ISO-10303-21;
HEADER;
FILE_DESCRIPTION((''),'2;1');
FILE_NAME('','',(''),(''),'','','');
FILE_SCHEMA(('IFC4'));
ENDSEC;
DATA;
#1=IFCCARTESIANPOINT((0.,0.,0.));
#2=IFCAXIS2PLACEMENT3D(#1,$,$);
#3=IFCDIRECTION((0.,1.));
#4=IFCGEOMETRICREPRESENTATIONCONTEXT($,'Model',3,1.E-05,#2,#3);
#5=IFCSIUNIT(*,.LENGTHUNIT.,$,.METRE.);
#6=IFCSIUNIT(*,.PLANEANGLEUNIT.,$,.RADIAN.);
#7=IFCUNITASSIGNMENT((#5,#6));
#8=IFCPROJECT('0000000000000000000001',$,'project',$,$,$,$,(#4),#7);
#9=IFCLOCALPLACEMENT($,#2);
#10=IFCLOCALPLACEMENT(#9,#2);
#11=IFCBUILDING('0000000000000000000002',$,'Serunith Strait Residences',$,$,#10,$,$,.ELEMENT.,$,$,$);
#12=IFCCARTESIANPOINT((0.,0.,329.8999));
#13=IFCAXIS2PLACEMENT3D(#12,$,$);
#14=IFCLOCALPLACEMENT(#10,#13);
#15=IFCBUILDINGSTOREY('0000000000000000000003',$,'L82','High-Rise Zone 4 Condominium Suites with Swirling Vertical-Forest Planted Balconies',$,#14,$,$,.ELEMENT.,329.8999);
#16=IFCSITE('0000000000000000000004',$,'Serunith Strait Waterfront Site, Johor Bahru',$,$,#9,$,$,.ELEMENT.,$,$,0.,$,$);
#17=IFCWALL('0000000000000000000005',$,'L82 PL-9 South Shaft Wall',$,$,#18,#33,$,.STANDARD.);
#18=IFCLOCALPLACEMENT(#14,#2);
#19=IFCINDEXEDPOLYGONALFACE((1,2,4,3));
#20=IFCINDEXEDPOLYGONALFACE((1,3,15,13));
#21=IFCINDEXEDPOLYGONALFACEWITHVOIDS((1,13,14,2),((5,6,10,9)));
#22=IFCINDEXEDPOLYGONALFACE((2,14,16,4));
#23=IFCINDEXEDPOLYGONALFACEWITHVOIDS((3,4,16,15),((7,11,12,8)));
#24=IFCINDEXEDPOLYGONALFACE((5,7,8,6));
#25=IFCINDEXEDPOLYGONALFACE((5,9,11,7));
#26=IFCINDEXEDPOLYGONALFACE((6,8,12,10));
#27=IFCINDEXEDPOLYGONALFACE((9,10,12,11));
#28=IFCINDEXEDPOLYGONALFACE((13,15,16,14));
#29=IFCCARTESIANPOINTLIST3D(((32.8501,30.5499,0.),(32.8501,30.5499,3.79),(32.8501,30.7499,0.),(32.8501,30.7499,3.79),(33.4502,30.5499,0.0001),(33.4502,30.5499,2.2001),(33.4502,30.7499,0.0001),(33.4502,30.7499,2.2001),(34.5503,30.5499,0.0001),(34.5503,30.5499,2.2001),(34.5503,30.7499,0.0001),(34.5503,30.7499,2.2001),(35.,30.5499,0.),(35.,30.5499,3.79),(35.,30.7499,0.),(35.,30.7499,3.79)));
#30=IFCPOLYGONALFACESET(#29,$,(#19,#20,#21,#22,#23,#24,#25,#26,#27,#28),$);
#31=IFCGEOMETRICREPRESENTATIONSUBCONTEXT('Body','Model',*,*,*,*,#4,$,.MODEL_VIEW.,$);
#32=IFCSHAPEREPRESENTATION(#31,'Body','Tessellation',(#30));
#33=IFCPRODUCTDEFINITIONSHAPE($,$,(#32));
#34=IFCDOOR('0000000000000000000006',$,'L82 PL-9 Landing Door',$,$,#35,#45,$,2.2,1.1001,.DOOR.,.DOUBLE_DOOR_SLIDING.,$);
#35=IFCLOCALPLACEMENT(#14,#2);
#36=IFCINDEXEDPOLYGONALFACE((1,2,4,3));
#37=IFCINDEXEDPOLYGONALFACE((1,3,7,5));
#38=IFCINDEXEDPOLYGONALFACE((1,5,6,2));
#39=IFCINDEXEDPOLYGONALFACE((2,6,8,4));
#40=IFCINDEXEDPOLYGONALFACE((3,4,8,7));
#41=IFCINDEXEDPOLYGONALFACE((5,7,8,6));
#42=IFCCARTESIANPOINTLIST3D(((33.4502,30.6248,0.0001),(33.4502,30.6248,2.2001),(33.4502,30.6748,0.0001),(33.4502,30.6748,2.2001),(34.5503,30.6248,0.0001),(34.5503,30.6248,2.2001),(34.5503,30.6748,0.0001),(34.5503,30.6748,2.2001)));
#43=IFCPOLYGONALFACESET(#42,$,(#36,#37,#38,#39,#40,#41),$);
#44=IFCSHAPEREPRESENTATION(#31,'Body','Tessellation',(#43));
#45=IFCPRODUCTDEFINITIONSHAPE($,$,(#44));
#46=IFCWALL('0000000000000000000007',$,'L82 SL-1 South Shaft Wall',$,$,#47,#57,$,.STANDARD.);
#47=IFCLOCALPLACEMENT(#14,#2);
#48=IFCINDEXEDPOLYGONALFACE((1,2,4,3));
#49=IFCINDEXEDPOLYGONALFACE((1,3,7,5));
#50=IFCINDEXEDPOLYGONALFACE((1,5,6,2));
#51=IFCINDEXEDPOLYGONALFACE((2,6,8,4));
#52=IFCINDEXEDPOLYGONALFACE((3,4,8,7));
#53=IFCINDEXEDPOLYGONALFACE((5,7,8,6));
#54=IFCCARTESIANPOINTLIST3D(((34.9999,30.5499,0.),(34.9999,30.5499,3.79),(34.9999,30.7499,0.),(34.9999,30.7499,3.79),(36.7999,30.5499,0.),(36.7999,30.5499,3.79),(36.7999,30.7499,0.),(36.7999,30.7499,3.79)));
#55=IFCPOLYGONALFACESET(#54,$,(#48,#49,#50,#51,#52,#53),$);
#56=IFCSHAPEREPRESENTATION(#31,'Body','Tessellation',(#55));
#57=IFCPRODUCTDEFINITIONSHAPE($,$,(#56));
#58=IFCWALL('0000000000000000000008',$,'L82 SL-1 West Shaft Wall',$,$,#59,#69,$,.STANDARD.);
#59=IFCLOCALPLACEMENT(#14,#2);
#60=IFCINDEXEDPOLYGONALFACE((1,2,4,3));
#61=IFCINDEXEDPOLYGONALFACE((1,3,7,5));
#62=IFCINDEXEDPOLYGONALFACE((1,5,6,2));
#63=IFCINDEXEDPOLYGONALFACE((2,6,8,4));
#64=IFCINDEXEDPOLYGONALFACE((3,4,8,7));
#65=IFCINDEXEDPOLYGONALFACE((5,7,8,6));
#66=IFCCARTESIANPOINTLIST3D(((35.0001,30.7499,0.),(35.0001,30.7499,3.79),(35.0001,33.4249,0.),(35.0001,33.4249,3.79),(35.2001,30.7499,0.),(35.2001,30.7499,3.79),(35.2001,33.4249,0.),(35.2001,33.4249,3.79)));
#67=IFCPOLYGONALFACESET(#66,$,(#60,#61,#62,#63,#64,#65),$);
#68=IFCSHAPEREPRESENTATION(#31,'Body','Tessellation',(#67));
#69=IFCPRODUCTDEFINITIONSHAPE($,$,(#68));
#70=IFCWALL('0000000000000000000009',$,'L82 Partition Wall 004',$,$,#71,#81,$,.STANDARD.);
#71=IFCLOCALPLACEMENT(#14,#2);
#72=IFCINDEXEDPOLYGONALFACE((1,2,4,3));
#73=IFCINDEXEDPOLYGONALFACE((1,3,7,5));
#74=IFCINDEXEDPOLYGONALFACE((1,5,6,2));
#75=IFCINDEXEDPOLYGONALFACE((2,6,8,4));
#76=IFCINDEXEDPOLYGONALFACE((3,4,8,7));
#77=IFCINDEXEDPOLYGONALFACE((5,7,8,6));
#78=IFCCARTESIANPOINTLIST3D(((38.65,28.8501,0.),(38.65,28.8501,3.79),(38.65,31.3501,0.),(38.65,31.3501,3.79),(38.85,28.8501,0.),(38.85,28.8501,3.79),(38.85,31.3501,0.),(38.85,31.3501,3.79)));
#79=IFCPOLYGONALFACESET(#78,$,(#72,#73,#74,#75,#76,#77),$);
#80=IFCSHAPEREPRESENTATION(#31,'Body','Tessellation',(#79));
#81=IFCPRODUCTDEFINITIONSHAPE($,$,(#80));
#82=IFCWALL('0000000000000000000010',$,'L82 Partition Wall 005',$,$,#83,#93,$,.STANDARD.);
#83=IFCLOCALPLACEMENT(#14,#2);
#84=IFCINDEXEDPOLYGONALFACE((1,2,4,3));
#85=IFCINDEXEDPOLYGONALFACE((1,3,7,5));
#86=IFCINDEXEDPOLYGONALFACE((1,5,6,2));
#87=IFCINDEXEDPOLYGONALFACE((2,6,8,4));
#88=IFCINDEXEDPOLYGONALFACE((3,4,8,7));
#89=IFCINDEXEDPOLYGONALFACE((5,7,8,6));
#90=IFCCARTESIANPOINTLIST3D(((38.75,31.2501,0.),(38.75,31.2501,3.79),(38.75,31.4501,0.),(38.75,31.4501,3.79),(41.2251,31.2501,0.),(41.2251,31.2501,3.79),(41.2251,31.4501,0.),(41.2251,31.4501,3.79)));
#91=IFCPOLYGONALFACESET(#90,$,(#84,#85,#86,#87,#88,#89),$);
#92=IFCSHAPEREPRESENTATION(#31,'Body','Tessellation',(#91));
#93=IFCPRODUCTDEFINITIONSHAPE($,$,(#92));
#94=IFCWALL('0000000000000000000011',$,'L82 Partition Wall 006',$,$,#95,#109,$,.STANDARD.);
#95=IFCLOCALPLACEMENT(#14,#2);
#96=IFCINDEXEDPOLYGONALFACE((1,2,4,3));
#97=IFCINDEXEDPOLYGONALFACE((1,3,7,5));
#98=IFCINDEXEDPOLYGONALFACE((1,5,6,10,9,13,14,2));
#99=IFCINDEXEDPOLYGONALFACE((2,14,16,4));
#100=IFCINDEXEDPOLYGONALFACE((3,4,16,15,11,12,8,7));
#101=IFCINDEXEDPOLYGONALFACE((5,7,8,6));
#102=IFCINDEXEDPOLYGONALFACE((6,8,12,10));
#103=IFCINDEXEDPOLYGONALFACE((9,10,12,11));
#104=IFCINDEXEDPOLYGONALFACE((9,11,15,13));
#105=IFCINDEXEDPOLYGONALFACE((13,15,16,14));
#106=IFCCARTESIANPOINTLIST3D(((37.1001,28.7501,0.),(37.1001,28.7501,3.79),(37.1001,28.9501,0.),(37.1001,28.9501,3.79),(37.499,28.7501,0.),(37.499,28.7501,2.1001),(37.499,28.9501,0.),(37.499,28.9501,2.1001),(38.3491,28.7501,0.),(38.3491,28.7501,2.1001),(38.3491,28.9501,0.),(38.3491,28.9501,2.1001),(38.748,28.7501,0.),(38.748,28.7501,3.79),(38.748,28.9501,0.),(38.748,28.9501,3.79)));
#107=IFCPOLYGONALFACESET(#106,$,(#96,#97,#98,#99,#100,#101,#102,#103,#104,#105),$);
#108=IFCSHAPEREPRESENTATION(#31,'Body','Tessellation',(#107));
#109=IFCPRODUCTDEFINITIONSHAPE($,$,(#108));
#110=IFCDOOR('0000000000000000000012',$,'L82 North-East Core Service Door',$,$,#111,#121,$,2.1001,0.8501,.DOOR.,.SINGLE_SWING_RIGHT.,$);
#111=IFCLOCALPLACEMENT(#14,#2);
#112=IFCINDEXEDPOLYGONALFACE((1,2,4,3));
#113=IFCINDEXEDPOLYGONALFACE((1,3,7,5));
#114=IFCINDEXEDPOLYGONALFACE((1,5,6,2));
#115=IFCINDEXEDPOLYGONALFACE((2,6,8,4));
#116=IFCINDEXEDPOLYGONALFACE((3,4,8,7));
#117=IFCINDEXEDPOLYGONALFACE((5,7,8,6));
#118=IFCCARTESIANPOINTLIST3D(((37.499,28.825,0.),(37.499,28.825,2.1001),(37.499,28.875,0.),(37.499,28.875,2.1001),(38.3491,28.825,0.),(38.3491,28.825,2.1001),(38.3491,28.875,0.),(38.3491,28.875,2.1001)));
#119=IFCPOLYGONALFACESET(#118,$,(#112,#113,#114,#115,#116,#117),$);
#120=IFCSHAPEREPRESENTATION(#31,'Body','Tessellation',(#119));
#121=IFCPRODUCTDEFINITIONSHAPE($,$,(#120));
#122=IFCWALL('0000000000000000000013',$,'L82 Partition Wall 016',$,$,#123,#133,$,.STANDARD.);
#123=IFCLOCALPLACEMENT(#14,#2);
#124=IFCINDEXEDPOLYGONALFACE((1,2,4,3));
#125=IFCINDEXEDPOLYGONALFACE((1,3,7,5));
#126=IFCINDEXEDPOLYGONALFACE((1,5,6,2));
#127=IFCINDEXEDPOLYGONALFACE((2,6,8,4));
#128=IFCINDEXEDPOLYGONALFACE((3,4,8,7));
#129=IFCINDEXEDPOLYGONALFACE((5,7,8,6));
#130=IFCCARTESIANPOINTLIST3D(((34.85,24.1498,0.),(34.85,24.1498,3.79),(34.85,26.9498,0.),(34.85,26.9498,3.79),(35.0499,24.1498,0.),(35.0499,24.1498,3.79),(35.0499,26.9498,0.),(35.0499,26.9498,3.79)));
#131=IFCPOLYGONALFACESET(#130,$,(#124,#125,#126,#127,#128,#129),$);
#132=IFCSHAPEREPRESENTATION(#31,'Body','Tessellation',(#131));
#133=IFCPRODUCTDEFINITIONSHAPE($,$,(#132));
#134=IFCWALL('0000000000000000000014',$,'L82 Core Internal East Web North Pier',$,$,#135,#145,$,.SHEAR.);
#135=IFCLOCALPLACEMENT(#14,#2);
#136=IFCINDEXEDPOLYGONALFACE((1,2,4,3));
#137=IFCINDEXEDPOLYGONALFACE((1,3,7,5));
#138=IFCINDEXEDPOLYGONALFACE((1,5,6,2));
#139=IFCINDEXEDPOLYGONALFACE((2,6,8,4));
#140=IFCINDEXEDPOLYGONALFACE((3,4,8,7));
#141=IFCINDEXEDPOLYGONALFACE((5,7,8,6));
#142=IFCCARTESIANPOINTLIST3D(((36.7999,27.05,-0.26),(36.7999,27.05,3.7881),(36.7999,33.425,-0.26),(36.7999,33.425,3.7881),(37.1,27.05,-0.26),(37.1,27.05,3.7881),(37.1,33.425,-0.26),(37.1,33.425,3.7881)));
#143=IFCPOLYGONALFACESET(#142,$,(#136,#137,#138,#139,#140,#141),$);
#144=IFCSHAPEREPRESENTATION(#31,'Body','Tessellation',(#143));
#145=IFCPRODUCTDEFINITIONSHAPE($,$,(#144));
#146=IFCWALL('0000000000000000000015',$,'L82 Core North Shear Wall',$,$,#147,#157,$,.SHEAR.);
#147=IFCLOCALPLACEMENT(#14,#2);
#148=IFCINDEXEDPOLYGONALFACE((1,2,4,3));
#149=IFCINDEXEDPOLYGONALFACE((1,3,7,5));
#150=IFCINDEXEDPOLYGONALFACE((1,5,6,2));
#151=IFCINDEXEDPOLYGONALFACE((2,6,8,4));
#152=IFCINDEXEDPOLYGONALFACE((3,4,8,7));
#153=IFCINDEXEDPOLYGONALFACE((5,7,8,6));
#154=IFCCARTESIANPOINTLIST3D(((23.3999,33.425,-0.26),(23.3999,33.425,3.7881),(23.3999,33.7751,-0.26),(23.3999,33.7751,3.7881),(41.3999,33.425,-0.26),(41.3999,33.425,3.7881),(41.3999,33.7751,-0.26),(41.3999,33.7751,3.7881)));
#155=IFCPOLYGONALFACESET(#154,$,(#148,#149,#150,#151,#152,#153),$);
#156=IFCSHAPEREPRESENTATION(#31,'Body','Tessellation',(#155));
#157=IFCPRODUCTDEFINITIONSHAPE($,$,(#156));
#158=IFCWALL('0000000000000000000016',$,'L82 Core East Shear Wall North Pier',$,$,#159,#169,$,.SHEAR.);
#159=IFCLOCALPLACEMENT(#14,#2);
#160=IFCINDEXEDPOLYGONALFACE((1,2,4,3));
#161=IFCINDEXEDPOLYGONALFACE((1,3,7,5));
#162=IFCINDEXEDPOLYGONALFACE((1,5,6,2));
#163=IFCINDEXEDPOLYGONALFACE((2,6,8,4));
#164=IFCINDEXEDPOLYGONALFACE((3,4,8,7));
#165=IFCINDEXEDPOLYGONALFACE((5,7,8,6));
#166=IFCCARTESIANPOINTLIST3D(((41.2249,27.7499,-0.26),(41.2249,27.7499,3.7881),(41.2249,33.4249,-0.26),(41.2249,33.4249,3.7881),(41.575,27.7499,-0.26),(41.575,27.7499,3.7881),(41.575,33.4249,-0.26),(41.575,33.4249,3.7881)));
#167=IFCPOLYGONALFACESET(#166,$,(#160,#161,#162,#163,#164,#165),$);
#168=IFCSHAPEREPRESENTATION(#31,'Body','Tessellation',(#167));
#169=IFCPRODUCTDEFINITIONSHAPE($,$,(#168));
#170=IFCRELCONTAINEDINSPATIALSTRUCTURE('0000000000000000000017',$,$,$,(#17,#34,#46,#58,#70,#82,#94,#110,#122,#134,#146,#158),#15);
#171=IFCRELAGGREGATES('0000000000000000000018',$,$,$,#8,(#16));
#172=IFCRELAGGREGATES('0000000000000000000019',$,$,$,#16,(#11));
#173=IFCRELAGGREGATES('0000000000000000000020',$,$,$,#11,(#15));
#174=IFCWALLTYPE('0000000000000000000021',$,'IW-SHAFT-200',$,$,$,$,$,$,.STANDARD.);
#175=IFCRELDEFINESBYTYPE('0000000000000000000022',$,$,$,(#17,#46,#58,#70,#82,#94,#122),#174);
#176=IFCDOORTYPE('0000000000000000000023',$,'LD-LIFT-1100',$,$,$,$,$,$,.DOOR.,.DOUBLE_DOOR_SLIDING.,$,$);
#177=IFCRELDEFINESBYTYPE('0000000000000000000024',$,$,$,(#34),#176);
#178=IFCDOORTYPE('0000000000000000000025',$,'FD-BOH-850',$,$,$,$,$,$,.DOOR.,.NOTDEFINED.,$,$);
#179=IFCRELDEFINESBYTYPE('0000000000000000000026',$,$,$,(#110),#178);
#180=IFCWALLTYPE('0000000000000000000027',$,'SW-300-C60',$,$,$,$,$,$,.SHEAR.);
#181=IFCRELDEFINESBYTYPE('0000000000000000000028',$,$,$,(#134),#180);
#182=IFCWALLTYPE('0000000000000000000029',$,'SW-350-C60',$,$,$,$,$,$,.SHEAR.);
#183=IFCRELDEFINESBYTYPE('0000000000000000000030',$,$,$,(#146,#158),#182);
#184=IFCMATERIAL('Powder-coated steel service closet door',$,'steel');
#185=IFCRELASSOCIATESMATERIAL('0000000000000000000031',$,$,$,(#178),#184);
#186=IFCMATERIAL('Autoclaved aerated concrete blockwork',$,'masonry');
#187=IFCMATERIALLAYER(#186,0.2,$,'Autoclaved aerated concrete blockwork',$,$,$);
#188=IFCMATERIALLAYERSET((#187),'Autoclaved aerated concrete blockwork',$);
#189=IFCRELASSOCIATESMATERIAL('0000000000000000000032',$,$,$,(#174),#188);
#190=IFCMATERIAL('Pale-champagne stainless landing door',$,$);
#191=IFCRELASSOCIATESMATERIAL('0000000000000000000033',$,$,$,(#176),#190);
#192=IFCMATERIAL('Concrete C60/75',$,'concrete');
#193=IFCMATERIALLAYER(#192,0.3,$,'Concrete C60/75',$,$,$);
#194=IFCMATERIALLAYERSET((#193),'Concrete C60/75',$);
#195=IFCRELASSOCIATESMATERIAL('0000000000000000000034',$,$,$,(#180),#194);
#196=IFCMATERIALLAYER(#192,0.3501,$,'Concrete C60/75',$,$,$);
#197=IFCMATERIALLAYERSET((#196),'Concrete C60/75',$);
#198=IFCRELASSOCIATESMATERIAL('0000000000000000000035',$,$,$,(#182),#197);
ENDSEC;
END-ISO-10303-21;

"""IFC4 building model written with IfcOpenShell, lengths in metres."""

from ifc_helpers import new_model, si_unit, direction, frame, frame_2d, origin, place, context, subcontext, project, spatial, rectangle, extrude, source, transform, mapped, material, layer, layer_set, type_object, element, fill, save


model = new_model("IFC4")

# Units and contexts
model_context = context("Model", 3, precision=1e-05, world=origin(), true_north=direction((0.0, 1.0)))
body_context = subcontext(model_context, "Body", "Model", "MODEL_VIEW")
ifc_project = project(units=[si_unit("LENGTHUNIT", "METRE"), si_unit("PLANEANGLEUNIT", "RADIAN")], contexts=[model_context])

# Site, building, storey
site_placement = place(None, origin())
site = spatial("IfcSite", under=ifc_project, at=site_placement, Name="Serunith Strait Waterfront Site, Johor Bahru", CompositionType="ELEMENT", RefElevation=0.0)
building_placement = place(site_placement, origin())
building = spatial("IfcBuilding", under=site, at=building_placement, Name="Serunith Strait Residences", CompositionType="ELEMENT")
storey_placement = place(building_placement, frame((0.0, 0.0, 329.8999)))
storey = spatial("IfcBuildingStorey", under=building, at=storey_placement, Name="L82", Description="High-Rise Zone 4 Condominium Suites with Swirling Vertical-Forest Planted Balconies", CompositionType="ELEMENT", Elevation=329.8999)

# Shared definitions
ifc_material_1 = material(Name="Powder-coated steel service closet door", Category="steel")
door_type_1 = type_object("IfcDoorType", Name="FD-BOH-850", OperationType="NOTDEFINED", PredefinedType="DOOR", material=ifc_material_1)
shared_shape_1 = source(origin(), body_context, "Body", "SweptSolid", [
    extrude(rectangle(XDim=0.8501, YDim=2.1001, at=frame_2d((0.425, 1.05))), frame((0.0, 0.0249, 0.0), z_axis=(0.0, -1.0, 0.0), x_axis=(1.0, 0.0, 0.0)), (0.0, 0.0, 1.0), 0.05),
])

# Wall, opening, door
ifc_material_2 = material(Name="Autoclaved aerated concrete blockwork", Category="masonry")
ifc_layer_1 = layer(ifc_material_2, 0.2, Name="Autoclaved aerated concrete blockwork")
ifc_layer_set_1 = layer_set([ifc_layer_1], Name="Autoclaved aerated concrete blockwork")
wall_type_1 = type_object("IfcWallType", Name="IW-SHAFT-200", PredefinedType="STANDARD", material=ifc_layer_set_1)
wall_1_placement = place(storey_placement, frame((32.8501, 30.6499, 0.0), z_axis=(0.0, 0.0, 1.0), x_axis=(1.0, 0.0, 0.0)))
wall_1 = element("IfcWall", 1, at=wall_1_placement, inside=storey, type_object=wall_type_1, Name="L82 PL-9 South Shaft Wall", PredefinedType="STANDARD", context=body_context, shape_type="SweptSolid", body=[
    extrude(rectangle(XDim=2.1499, YDim=0.2, at=frame_2d((1.075, 0.0))), origin(), (0.0, 0.0, 1.0), 3.79),
])
opening_1_placement = place(wall_1_placement, frame((0.6001, 0.0, 0.0)))
opening_1 = element("IfcOpeningElement", 2, at=opening_1_placement, cuts=wall_1, PredefinedType="OPENING", context=body_context, shape_type="SweptSolid", body=[
    extrude(rectangle(XDim=1.1001, YDim=2.2, at=frame_2d((0.55, 1.1001))), frame((0.0, 0.1099, 0.0), z_axis=(0.0, -1.0, 0.0), x_axis=(1.0, 0.0, 0.0)), (0.0, 0.0, 1.0), 0.22),
])
ifc_material_3 = material(Name="Pale-champagne stainless landing door")
door_type_2 = type_object("IfcDoorType", Name="LD-LIFT-1100", OperationType="DOUBLE_DOOR_SLIDING", PredefinedType="DOOR", material=ifc_material_3)
shared_shape_2 = source(origin(), body_context, "Body", "SweptSolid", [
    extrude(rectangle(XDim=1.1001, YDim=2.2, at=frame_2d((0.55, 1.1001))), frame((0.0, 0.0249, 0.0), z_axis=(0.0, -1.0, 0.0), x_axis=(1.0, 0.0, 0.0)), (0.0, 0.0, 1.0), 0.05),
])
door_1_placement = place(opening_1_placement, origin())
door_1 = element("IfcDoor", 3, at=door_1_placement, inside=storey, type_object=door_type_2, Name="L82 PL-9 Landing Door", OperationType="DOUBLE_DOOR_SLIDING", OverallHeight=2.2, OverallWidth=1.1001, PredefinedType="DOOR", context=body_context, shape_type="MappedRepresentation", body=[
    mapped(shared_shape_2, transform((0.0, 0.0, 0.0), scale=1.0)),
])
fill(opening_1, door_1)

# Walls
wall_2_placement = place(storey_placement, frame((35.0, 30.6499, 0.0), z_axis=(0.0, 0.0, 1.0), x_axis=(1.0, 0.0, 0.0)))
element("IfcWall", 4, at=wall_2_placement, inside=storey, type_object=wall_type_1, Name="L82 SL-1 South Shaft Wall", PredefinedType="STANDARD", context=body_context, shape_type="SweptSolid", body=[
    extrude(rectangle(XDim=1.8, YDim=0.2, at=frame_2d((0.8999, 0.0))), origin(), (0.0, 0.0, 1.0), 3.79),
])
wall_3_placement = place(storey_placement, frame((35.1001, 30.75, 0.0), z_axis=(0.0, 0.0, 1.0), x_axis=(0.0, 1.0, 0.0)))
element("IfcWall", 5, at=wall_3_placement, inside=storey, type_object=wall_type_1, Name="L82 SL-1 West Shaft Wall", PredefinedType="STANDARD", context=body_context, shape_type="SweptSolid", body=[
    extrude(rectangle(XDim=2.675, YDim=0.2, at=frame_2d((1.3374, 0.0))), origin(), (0.0, 0.0, 1.0), 3.79),
])
wall_4_placement = place(storey_placement, frame((38.75, 28.8501, 0.0), z_axis=(0.0, 0.0, 1.0), x_axis=(0.0, 1.0, 0.0)))
element("IfcWall", 6, at=wall_4_placement, inside=storey, type_object=wall_type_1, Name="L82 Partition Wall 004", PredefinedType="STANDARD", context=body_context, shape_type="SweptSolid", body=[
    extrude(rectangle(XDim=2.5, YDim=0.2, at=frame_2d((1.25, 0.0))), origin(), (0.0, 0.0, 1.0), 3.79),
])
wall_5_placement = place(storey_placement, frame((38.75, 31.3501, 0.0), z_axis=(0.0, 0.0, 1.0), x_axis=(1.0, 0.0, 0.0)))
element("IfcWall", 7, at=wall_5_placement, inside=storey, type_object=wall_type_1, Name="L82 Partition Wall 005", PredefinedType="STANDARD", context=body_context, shape_type="SweptSolid", body=[
    extrude(rectangle(XDim=2.4751, YDim=0.2, at=frame_2d((1.2375, 0.0))), origin(), (0.0, 0.0, 1.0), 3.79),
])

# Wall, opening, door
wall_6_placement = place(storey_placement, frame((37.1001, 28.8501, 0.0), z_axis=(0.0, 0.0, 1.0), x_axis=(1.0, 0.0, 0.0)))
wall_6 = element("IfcWall", 8, at=wall_6_placement, inside=storey, type_object=wall_type_1, Name="L82 Partition Wall 006", PredefinedType="STANDARD", context=body_context, shape_type="SweptSolid", body=[
    extrude(rectangle(XDim=1.6479, YDim=0.2, at=frame_2d((0.824, 0.0))), origin(), (0.0, 0.0, 1.0), 3.79),
])
opening_2_placement = place(wall_6_placement, frame((0.3989, 0.0, 0.0)))
opening_2 = element("IfcOpeningElement", 9, at=opening_2_placement, cuts=wall_6, PredefinedType="OPENING", context=body_context, shape_type="SweptSolid", body=[
    extrude(rectangle(XDim=0.8501, YDim=2.1001, at=frame_2d((0.425, 1.05))), frame((0.0, 0.1099, 0.0), z_axis=(0.0, -1.0, 0.0), x_axis=(1.0, 0.0, 0.0)), (0.0, 0.0, 1.0), 0.22),
])
door_2_placement = place(opening_2_placement, origin())
door_2 = element("IfcDoor", 10, at=door_2_placement, inside=storey, type_object=door_type_1, Name="L82 North-East Core Service Door", OperationType="SINGLE_SWING_RIGHT", OverallHeight=2.1001, OverallWidth=0.8501, PredefinedType="DOOR", context=body_context, shape_type="MappedRepresentation", body=[
    mapped(shared_shape_1, transform((0.0, 0.0, 0.0), scale=1.0)),
])
fill(opening_2, door_2)

# Walls
wall_7_placement = place(storey_placement, frame((34.95, 24.1499, 0.0), z_axis=(0.0, 0.0, 1.0), x_axis=(0.0, 1.0, 0.0)))
element("IfcWall", 11, at=wall_7_placement, inside=storey, type_object=wall_type_1, Name="L82 Partition Wall 016", PredefinedType="STANDARD", context=body_context, shape_type="SweptSolid", body=[
    extrude(rectangle(XDim=2.8, YDim=0.2, at=frame_2d((1.3999, 0.0))), origin(), (0.0, 0.0, 1.0), 3.79),
])
ifc_material_4 = material(Name="Concrete C60/75", Category="concrete")
ifc_layer_2 = layer(ifc_material_4, 0.3, Name="Concrete C60/75")
ifc_layer_set_2 = layer_set([ifc_layer_2], Name="Concrete C60/75")
wall_type_2 = type_object("IfcWallType", Name="SW-300-C60", PredefinedType="SHEAR", material=ifc_layer_set_2)
wall_8_placement = place(storey_placement, frame((36.95, 27.05, -0.26), z_axis=(0.0, 0.0, 1.0), x_axis=(0.0, 1.0, 0.0)))
element("IfcWall", 12, at=wall_8_placement, inside=storey, type_object=wall_type_2, Name="L82 Core Internal East Web North Pier", PredefinedType="SHEAR", context=body_context, shape_type="SweptSolid", body=[
    extrude(rectangle(XDim=6.375, YDim=0.3, at=frame_2d((3.1875, 0.0))), origin(), (0.0, 0.0, 1.0), 4.0481),
])
ifc_layer_3 = layer(ifc_material_4, 0.3501, Name="Concrete C60/75")
ifc_layer_set_3 = layer_set([ifc_layer_3], Name="Concrete C60/75")
wall_type_3 = type_object("IfcWallType", Name="SW-350-C60", PredefinedType="SHEAR", material=ifc_layer_set_3)
wall_9_placement = place(storey_placement, frame((41.3999, 33.6001, -0.26), z_axis=(0.0, 0.0, 1.0), x_axis=(-1.0, 0.0, 0.0)))
element("IfcWall", 13, at=wall_9_placement, inside=storey, type_object=wall_type_3, Name="L82 Core North Shear Wall", PredefinedType="SHEAR", context=body_context, shape_type="SweptSolid", body=[
    extrude(rectangle(XDim=18.0, YDim=0.3501, at=frame_2d((9.0, 0.0))), origin(), (0.0, 0.0, 1.0), 4.0481),
])
wall_10_placement = place(storey_placement, frame((41.3999, 27.75, -0.26), z_axis=(0.0, 0.0, 1.0), x_axis=(0.0, 1.0, 0.0)))
element("IfcWall", 14, at=wall_10_placement, inside=storey, type_object=wall_type_3, Name="L82 Core East Shear Wall North Pier", PredefinedType="SHEAR", context=body_context, shape_type="SweptSolid", body=[
    extrude(rectangle(XDim=5.675, YDim=0.3501, at=frame_2d((2.8374, 0.0))), origin(), (0.0, 0.0, 1.0), 4.0481),
])

save(model, "model.ifc")
